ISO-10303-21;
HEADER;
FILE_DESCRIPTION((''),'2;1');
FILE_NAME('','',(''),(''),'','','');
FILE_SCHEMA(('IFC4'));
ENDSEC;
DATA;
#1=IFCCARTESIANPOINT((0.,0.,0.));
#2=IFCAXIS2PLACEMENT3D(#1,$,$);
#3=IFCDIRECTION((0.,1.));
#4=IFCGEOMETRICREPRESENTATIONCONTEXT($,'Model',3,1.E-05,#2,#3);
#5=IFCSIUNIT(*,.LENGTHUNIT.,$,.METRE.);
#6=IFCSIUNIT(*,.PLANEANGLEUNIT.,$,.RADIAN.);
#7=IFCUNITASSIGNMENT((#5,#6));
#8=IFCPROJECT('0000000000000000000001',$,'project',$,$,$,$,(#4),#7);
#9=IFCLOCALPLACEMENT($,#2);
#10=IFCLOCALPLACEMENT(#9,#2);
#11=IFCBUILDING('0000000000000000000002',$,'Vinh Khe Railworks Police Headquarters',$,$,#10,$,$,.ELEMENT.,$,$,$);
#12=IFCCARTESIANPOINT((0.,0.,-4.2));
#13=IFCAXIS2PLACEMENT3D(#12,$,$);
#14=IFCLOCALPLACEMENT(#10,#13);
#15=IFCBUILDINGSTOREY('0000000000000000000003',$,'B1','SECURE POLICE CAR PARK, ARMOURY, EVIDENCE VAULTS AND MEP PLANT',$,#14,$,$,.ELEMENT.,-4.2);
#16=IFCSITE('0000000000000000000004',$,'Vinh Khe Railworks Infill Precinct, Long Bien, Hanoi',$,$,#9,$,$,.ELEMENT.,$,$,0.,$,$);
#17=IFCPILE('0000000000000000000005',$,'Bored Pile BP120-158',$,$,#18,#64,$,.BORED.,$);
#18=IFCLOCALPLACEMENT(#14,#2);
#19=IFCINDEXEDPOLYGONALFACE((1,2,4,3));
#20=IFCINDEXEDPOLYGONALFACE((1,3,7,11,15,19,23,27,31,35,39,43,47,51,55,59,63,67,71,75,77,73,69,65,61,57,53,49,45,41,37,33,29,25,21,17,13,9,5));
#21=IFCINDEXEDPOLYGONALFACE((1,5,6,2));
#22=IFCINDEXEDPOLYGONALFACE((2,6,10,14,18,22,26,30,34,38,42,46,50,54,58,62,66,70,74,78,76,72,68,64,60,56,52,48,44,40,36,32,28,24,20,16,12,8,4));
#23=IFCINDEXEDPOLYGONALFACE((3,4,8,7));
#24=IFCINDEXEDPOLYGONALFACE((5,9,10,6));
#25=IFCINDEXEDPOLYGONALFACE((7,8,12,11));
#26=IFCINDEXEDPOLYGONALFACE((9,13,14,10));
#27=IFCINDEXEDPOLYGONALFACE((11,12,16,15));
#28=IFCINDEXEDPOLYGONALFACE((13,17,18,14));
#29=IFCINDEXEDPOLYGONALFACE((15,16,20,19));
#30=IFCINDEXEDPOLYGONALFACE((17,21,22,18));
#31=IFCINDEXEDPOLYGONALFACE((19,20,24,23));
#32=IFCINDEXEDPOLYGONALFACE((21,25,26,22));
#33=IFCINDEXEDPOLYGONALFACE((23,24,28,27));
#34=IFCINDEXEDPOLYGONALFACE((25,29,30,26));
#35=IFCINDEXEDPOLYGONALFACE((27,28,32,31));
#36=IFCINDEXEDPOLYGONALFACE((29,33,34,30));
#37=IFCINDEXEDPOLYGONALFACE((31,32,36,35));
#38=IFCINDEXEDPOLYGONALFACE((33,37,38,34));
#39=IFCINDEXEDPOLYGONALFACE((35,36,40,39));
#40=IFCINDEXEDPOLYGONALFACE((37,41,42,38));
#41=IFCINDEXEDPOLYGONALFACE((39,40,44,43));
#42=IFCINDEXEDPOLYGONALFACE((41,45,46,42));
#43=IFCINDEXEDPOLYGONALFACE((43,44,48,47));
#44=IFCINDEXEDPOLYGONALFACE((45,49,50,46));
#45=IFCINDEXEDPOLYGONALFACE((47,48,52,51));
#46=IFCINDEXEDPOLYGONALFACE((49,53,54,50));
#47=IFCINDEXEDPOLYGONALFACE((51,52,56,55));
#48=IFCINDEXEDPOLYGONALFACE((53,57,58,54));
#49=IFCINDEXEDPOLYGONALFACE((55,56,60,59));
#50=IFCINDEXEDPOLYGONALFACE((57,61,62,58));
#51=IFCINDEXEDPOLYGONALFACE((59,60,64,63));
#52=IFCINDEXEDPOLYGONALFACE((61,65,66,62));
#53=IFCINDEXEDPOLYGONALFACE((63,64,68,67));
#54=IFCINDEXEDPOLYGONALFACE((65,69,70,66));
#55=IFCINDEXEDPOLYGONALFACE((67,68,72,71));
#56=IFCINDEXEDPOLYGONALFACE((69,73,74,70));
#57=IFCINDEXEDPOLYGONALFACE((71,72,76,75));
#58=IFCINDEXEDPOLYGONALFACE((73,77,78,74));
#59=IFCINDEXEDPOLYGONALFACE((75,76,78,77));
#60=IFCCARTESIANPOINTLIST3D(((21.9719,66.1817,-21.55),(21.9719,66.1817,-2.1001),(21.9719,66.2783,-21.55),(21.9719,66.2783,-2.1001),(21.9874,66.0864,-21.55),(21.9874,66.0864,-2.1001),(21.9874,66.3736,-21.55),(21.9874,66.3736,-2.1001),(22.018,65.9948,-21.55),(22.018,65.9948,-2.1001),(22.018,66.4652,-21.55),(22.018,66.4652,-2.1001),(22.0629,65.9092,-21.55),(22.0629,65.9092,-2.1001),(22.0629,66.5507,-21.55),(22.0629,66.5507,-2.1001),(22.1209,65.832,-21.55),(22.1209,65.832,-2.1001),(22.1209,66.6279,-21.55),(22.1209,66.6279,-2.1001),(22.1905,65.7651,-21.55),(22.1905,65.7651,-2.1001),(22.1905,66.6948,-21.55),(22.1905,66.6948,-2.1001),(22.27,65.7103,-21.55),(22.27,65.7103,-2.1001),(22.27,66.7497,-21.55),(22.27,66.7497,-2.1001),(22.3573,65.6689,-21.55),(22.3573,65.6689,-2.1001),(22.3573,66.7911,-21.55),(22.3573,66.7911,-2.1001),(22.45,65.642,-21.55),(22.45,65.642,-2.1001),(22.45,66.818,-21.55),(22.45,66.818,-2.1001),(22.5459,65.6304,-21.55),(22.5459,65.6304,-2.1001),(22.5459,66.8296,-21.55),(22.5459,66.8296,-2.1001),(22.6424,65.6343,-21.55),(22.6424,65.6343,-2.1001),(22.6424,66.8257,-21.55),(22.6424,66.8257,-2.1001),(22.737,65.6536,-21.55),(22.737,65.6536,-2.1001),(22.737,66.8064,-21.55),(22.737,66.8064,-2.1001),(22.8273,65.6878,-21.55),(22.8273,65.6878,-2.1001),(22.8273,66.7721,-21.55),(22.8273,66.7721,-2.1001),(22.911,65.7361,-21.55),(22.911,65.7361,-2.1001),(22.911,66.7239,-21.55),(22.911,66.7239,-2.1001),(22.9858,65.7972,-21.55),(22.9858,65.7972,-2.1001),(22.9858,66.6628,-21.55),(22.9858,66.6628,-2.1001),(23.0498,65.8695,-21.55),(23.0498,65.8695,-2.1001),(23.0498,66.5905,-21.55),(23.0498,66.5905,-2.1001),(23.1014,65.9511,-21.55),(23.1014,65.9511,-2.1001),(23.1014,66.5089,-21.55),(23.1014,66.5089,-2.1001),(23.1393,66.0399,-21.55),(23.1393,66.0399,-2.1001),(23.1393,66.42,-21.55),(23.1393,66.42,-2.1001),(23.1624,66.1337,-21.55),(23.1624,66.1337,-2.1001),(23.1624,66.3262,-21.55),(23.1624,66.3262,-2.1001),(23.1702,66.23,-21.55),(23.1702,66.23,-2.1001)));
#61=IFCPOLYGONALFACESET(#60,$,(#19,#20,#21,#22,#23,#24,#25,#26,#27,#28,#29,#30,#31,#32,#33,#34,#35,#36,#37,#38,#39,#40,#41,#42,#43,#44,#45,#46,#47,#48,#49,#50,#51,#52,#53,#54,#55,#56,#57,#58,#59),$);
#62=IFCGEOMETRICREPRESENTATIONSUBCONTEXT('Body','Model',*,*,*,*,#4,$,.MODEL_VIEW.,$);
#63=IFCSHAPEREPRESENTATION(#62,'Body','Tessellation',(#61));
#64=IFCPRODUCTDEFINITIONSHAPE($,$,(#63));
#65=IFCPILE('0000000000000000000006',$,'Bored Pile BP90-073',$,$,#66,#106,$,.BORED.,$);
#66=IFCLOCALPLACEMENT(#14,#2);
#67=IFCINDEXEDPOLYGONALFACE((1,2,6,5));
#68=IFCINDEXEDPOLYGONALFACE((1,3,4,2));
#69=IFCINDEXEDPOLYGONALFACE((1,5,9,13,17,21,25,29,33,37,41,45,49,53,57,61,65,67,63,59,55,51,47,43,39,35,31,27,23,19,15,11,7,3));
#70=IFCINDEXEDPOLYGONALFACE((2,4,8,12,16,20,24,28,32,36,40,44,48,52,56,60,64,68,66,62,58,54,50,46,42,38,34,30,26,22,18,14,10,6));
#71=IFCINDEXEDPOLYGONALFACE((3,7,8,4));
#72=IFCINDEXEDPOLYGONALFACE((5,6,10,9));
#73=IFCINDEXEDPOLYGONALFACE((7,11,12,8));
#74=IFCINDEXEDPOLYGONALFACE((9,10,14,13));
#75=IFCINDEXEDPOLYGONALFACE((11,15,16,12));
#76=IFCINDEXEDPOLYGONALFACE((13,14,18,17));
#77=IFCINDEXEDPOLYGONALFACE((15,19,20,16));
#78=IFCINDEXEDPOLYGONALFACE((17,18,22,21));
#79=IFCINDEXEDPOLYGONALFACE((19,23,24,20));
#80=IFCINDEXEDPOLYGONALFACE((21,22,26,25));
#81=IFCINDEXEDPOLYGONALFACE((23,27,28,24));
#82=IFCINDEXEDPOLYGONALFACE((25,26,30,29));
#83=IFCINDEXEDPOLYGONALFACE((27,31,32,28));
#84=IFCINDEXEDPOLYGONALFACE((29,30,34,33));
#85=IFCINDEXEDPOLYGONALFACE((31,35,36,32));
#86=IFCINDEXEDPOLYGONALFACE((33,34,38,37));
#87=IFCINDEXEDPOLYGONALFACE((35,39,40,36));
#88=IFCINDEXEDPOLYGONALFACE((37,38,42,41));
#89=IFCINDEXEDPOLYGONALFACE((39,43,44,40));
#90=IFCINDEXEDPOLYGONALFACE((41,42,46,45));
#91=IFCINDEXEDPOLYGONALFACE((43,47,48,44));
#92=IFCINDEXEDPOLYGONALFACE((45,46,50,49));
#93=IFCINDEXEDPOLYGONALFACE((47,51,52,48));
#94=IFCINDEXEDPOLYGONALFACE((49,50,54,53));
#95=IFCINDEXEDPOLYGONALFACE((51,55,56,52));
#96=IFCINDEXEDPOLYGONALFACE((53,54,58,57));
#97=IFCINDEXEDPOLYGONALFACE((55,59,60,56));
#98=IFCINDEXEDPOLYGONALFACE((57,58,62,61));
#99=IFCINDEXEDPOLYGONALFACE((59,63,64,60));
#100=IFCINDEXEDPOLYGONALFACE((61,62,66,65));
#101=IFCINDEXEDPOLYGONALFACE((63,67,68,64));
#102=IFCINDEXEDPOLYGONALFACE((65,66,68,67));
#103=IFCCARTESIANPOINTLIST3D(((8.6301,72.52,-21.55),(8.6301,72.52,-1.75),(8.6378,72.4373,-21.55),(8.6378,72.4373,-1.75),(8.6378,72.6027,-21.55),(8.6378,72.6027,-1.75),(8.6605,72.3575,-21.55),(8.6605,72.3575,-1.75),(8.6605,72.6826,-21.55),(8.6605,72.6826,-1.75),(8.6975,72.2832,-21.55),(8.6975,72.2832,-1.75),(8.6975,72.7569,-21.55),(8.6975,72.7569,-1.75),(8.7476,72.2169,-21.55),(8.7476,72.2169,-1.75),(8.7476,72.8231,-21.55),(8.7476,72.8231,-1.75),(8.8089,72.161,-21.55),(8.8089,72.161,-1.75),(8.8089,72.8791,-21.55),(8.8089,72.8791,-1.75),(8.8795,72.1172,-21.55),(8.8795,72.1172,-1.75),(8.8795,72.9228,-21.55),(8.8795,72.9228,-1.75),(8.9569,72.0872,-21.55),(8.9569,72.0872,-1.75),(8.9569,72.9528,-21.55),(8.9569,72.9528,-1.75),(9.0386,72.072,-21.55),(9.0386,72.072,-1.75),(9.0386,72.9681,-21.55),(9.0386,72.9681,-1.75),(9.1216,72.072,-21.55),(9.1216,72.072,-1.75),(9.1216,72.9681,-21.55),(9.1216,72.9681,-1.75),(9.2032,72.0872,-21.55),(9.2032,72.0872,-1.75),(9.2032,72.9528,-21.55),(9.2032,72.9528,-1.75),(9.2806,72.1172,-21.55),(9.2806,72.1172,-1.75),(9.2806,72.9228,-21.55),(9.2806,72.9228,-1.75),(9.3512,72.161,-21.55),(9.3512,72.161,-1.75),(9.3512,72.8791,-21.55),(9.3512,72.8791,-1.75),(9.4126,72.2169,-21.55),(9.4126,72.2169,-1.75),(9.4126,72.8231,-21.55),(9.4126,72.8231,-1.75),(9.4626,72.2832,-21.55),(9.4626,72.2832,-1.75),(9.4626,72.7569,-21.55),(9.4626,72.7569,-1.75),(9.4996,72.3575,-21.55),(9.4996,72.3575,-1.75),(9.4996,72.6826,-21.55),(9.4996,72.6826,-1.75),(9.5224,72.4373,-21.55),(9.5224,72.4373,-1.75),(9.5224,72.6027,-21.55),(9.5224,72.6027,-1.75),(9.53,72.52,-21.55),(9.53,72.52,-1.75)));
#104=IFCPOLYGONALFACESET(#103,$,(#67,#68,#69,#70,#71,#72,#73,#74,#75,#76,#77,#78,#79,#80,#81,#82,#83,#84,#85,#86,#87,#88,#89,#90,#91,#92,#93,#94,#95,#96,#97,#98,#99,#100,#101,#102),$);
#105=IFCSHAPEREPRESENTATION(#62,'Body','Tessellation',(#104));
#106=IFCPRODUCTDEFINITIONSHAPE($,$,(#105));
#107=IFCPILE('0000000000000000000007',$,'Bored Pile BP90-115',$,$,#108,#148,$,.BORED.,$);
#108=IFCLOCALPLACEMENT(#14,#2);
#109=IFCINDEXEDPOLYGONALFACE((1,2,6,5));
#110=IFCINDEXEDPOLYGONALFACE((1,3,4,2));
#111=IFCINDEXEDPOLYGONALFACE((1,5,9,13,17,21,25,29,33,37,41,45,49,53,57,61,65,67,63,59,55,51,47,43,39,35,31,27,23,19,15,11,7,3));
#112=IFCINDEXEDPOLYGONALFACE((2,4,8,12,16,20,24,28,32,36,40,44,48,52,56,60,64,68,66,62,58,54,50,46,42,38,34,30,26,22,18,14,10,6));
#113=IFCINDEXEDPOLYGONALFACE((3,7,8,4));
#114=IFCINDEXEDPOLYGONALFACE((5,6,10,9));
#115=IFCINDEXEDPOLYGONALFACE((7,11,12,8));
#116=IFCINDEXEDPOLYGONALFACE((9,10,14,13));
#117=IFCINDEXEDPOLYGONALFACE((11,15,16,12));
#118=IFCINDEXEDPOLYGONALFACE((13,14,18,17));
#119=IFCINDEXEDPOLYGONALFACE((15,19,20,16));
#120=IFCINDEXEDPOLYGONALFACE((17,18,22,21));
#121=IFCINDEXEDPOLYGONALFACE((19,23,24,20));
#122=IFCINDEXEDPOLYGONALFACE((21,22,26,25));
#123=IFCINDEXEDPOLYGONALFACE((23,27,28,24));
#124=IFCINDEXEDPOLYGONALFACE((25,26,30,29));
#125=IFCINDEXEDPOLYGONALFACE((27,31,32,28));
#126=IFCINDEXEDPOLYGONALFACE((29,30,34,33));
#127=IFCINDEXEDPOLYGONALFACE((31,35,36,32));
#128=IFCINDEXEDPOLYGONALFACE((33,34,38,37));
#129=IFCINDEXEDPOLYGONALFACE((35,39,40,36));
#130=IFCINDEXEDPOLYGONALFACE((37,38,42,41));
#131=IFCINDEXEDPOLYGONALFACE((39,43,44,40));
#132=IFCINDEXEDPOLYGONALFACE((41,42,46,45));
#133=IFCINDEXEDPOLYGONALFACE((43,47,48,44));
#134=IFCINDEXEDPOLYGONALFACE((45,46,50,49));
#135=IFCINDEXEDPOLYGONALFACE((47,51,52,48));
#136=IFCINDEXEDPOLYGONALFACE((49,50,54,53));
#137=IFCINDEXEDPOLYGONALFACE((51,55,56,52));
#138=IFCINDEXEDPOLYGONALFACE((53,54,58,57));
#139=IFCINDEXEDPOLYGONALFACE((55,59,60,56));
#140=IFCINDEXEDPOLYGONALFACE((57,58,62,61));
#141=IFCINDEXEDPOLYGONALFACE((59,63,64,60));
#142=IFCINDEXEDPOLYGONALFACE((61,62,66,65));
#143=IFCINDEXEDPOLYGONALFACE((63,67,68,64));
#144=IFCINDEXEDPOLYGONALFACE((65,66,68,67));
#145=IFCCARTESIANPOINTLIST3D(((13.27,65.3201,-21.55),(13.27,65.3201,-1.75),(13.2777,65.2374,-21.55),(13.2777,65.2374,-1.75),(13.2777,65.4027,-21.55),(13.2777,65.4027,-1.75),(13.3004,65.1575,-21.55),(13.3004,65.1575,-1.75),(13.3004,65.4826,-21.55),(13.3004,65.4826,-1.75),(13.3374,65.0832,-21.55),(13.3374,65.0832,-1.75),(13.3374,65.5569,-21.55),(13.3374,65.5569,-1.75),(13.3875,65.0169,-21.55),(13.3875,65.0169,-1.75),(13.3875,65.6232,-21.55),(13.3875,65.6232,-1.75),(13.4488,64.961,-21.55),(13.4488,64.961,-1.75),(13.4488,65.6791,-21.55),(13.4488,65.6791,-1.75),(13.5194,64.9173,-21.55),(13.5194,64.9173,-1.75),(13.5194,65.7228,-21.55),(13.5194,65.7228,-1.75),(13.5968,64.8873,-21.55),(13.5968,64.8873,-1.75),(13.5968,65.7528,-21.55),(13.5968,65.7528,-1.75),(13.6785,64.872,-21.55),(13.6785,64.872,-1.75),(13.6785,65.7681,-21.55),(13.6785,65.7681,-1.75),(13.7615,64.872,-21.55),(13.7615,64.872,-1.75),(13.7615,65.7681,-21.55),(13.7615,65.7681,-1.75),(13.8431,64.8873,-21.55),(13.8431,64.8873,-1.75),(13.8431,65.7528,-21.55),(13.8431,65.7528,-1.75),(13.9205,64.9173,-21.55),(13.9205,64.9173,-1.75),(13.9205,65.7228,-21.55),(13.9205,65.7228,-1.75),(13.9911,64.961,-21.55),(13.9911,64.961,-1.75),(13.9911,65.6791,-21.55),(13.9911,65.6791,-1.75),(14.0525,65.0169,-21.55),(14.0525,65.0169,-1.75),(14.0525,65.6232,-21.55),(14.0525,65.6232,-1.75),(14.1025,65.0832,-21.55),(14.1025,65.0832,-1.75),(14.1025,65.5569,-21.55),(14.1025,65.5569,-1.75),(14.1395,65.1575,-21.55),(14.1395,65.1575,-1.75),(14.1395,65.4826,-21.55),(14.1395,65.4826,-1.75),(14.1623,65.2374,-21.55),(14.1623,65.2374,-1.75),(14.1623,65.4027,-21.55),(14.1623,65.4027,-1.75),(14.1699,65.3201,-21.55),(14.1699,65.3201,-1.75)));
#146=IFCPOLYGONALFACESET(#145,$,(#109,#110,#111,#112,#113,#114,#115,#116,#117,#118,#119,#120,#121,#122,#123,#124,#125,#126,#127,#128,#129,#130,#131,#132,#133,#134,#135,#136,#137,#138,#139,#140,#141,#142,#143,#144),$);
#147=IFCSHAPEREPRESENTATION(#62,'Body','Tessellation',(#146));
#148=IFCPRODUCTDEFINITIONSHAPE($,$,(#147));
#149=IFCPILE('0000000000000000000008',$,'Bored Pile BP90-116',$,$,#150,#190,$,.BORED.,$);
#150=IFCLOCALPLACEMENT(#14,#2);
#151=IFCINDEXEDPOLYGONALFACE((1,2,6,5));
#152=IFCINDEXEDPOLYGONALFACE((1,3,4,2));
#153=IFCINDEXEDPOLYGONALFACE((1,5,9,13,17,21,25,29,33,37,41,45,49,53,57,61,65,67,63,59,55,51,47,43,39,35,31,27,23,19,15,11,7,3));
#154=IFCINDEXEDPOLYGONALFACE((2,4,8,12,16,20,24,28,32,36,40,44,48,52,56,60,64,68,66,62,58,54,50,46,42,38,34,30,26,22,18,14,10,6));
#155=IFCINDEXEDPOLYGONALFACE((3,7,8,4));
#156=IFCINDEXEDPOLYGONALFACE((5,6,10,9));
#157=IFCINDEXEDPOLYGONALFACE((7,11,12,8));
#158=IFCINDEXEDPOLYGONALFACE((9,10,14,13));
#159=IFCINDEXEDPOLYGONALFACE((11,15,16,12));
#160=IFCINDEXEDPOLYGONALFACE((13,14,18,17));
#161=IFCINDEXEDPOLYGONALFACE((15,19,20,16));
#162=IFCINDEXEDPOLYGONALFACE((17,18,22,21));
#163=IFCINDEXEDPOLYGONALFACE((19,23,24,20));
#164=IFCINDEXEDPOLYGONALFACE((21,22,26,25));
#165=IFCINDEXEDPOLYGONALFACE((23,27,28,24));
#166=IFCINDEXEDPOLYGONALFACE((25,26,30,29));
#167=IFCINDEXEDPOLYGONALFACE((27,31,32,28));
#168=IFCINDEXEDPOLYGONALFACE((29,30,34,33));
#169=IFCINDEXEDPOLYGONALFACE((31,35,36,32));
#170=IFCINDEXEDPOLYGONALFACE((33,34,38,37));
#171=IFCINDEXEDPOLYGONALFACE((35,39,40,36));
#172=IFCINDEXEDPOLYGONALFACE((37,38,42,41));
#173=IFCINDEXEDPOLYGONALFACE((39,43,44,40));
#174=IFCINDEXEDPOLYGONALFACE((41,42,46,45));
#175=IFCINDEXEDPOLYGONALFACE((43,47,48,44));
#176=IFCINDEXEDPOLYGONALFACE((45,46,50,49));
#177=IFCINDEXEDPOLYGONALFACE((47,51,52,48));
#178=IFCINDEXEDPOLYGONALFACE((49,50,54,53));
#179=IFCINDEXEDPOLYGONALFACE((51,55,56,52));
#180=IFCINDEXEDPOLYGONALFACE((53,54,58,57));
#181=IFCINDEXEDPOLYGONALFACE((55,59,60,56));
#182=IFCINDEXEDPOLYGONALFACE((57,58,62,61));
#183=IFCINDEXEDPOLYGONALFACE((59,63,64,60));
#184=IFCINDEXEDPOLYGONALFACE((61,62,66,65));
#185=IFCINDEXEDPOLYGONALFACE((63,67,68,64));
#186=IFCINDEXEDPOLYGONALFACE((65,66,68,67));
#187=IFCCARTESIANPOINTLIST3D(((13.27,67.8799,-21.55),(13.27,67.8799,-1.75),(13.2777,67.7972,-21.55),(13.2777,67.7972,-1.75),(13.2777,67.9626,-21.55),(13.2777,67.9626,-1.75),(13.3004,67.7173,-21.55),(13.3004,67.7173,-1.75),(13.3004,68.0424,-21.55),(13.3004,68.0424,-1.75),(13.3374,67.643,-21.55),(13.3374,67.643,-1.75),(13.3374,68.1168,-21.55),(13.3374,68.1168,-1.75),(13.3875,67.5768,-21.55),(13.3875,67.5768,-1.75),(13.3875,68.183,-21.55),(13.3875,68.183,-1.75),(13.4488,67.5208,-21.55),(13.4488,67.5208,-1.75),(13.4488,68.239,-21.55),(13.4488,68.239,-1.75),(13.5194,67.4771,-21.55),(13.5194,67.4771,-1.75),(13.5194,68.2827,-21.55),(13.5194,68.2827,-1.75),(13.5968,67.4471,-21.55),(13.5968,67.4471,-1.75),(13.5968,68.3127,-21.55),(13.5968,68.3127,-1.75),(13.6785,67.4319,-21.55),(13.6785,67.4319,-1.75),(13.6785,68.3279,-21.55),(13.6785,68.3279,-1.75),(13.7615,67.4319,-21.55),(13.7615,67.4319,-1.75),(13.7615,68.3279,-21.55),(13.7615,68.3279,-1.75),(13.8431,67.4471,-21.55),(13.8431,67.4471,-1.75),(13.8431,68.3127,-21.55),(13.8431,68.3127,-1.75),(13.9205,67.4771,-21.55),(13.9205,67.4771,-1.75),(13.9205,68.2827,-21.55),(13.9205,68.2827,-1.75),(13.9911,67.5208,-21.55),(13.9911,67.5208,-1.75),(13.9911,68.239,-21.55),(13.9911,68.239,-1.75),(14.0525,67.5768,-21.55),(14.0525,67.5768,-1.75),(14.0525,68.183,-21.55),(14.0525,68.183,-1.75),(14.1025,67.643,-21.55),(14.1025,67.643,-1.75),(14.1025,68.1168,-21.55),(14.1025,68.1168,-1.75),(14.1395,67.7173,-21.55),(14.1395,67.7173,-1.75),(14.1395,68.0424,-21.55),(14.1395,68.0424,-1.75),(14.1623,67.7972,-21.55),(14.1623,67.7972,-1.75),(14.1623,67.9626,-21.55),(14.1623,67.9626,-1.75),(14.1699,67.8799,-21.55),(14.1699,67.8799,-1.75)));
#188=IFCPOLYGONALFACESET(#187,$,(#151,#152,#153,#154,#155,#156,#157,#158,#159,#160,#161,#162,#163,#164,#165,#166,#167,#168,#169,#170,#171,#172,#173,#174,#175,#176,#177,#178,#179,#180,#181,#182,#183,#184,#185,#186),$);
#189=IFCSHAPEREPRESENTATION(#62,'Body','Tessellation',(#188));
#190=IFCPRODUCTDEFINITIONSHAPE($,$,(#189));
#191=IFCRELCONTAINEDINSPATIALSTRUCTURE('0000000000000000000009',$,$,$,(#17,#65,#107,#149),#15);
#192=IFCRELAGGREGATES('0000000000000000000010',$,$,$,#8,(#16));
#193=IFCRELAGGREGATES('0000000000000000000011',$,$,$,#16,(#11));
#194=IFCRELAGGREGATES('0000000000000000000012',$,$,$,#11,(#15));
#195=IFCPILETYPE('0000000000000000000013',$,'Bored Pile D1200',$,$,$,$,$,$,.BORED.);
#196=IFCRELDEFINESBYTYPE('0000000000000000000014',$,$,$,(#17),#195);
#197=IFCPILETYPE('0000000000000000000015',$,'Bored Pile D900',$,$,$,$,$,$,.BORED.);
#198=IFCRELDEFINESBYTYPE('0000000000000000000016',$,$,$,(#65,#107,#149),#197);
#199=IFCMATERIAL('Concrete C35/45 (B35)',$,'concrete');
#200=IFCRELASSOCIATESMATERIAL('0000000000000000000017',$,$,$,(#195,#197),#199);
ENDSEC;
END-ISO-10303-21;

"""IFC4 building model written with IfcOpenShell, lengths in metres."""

from ifc_helpers import new_model, si_unit, direction, frame, origin, origin_2d, place, context, subcontext, project, spatial, circle, extrude, material, material_profile, profile_set, type_object, element, save


model = new_model("IFC4")

# Units and contexts
model_context = context("Model", 3, precision=1e-05, world=origin(), true_north=direction((0.0, 1.0)))
body_context = subcontext(model_context, "Body", "Model", "MODEL_VIEW")
ifc_project = project(units=[si_unit("LENGTHUNIT", "METRE"), si_unit("PLANEANGLEUNIT", "RADIAN")], contexts=[model_context])

# Site, building, storey
site_placement = place(None, origin())
site = spatial("IfcSite", under=ifc_project, at=site_placement, Name="Vinh Khe Railworks Infill Precinct, Long Bien, Hanoi", CompositionType="ELEMENT", RefElevation=0.0)
building_placement = place(site_placement, origin())
building = spatial("IfcBuilding", under=site, at=building_placement, Name="Vinh Khe Railworks Police Headquarters", CompositionType="ELEMENT")
storey_placement = place(building_placement, frame((0.0, 0.0, -4.2)))
storey = spatial("IfcBuildingStorey", under=building, at=storey_placement, Name="B1", Description="SECURE POLICE CAR PARK, ARMOURY, EVIDENCE VAULTS AND MEP PLANT", CompositionType="ELEMENT", Elevation=-4.2)

# Piles
ifc_material_1 = material(Name="Concrete C35/45 (B35)", Category="concrete")
ifc_material_profile_1 = material_profile(ifc_material_1, circle(Radius=0.6001, at=origin_2d()), Name="BORED PILE D1200")
ifc_profile_set_1 = profile_set([ifc_material_profile_1], Name="Concrete C35/45 (B35)")
pile_type_1 = type_object("IfcPileType", Name="Bored Pile D1200", PredefinedType="BORED", material=ifc_profile_set_1)
pile_placement = place(storey_placement, frame((22.5701, 66.23, -2.1001), z_axis=(0.0, 0.0, -1.0), x_axis=(1.0, 0.0, 0.0)))
element("IfcPile", 1, at=pile_placement, inside=storey, type_object=pile_type_1, Name="Bored Pile BP120-158", PredefinedType="BORED", context=body_context, shape_type="SweptSolid", body=[
    extrude(circle(Radius=0.6001, at=origin_2d()), origin(), (0.0, 0.0, 1.0), 19.45),
])
ifc_material_profile_2 = material_profile(ifc_material_1, circle(Radius=0.45, at=origin_2d()), Name="BORED PILE D900")
ifc_profile_set_2 = profile_set([ifc_material_profile_2], Name="Concrete C35/45 (B35)")
pile_type_2 = type_object("IfcPileType", Name="Bored Pile D900", PredefinedType="BORED", material=ifc_profile_set_2)
for number, where, z_axis, x_axis, name in (
    (2, (9.0801, 72.52, -1.75), (0.0, 0.0, -1.0), (1.0, 0.0, 0.0), "Bored Pile BP90-073"),
    (3, (13.72, 65.3201, -1.75), (0.0, 0.0, -1.0), (1.0, 0.0, 0.0), "Bored Pile BP90-115"),
    (4, (13.72, 67.8799, -1.75), (0.0, 0.0, -1.0), (1.0, 0.0, 0.0), "Bored Pile BP90-116"),
):
    element("IfcPile", number, at=place(storey_placement, frame(where, z_axis=z_axis, x_axis=x_axis)), inside=storey, type_object=pile_type_2, Name=name, PredefinedType="BORED", context=body_context, shape_type="SweptSolid", body=[
        extrude(circle(Radius=0.45, at=origin_2d()), origin(), (0.0, 0.0, 1.0), 19.8),
    ])

save(model, "model.ifc")
